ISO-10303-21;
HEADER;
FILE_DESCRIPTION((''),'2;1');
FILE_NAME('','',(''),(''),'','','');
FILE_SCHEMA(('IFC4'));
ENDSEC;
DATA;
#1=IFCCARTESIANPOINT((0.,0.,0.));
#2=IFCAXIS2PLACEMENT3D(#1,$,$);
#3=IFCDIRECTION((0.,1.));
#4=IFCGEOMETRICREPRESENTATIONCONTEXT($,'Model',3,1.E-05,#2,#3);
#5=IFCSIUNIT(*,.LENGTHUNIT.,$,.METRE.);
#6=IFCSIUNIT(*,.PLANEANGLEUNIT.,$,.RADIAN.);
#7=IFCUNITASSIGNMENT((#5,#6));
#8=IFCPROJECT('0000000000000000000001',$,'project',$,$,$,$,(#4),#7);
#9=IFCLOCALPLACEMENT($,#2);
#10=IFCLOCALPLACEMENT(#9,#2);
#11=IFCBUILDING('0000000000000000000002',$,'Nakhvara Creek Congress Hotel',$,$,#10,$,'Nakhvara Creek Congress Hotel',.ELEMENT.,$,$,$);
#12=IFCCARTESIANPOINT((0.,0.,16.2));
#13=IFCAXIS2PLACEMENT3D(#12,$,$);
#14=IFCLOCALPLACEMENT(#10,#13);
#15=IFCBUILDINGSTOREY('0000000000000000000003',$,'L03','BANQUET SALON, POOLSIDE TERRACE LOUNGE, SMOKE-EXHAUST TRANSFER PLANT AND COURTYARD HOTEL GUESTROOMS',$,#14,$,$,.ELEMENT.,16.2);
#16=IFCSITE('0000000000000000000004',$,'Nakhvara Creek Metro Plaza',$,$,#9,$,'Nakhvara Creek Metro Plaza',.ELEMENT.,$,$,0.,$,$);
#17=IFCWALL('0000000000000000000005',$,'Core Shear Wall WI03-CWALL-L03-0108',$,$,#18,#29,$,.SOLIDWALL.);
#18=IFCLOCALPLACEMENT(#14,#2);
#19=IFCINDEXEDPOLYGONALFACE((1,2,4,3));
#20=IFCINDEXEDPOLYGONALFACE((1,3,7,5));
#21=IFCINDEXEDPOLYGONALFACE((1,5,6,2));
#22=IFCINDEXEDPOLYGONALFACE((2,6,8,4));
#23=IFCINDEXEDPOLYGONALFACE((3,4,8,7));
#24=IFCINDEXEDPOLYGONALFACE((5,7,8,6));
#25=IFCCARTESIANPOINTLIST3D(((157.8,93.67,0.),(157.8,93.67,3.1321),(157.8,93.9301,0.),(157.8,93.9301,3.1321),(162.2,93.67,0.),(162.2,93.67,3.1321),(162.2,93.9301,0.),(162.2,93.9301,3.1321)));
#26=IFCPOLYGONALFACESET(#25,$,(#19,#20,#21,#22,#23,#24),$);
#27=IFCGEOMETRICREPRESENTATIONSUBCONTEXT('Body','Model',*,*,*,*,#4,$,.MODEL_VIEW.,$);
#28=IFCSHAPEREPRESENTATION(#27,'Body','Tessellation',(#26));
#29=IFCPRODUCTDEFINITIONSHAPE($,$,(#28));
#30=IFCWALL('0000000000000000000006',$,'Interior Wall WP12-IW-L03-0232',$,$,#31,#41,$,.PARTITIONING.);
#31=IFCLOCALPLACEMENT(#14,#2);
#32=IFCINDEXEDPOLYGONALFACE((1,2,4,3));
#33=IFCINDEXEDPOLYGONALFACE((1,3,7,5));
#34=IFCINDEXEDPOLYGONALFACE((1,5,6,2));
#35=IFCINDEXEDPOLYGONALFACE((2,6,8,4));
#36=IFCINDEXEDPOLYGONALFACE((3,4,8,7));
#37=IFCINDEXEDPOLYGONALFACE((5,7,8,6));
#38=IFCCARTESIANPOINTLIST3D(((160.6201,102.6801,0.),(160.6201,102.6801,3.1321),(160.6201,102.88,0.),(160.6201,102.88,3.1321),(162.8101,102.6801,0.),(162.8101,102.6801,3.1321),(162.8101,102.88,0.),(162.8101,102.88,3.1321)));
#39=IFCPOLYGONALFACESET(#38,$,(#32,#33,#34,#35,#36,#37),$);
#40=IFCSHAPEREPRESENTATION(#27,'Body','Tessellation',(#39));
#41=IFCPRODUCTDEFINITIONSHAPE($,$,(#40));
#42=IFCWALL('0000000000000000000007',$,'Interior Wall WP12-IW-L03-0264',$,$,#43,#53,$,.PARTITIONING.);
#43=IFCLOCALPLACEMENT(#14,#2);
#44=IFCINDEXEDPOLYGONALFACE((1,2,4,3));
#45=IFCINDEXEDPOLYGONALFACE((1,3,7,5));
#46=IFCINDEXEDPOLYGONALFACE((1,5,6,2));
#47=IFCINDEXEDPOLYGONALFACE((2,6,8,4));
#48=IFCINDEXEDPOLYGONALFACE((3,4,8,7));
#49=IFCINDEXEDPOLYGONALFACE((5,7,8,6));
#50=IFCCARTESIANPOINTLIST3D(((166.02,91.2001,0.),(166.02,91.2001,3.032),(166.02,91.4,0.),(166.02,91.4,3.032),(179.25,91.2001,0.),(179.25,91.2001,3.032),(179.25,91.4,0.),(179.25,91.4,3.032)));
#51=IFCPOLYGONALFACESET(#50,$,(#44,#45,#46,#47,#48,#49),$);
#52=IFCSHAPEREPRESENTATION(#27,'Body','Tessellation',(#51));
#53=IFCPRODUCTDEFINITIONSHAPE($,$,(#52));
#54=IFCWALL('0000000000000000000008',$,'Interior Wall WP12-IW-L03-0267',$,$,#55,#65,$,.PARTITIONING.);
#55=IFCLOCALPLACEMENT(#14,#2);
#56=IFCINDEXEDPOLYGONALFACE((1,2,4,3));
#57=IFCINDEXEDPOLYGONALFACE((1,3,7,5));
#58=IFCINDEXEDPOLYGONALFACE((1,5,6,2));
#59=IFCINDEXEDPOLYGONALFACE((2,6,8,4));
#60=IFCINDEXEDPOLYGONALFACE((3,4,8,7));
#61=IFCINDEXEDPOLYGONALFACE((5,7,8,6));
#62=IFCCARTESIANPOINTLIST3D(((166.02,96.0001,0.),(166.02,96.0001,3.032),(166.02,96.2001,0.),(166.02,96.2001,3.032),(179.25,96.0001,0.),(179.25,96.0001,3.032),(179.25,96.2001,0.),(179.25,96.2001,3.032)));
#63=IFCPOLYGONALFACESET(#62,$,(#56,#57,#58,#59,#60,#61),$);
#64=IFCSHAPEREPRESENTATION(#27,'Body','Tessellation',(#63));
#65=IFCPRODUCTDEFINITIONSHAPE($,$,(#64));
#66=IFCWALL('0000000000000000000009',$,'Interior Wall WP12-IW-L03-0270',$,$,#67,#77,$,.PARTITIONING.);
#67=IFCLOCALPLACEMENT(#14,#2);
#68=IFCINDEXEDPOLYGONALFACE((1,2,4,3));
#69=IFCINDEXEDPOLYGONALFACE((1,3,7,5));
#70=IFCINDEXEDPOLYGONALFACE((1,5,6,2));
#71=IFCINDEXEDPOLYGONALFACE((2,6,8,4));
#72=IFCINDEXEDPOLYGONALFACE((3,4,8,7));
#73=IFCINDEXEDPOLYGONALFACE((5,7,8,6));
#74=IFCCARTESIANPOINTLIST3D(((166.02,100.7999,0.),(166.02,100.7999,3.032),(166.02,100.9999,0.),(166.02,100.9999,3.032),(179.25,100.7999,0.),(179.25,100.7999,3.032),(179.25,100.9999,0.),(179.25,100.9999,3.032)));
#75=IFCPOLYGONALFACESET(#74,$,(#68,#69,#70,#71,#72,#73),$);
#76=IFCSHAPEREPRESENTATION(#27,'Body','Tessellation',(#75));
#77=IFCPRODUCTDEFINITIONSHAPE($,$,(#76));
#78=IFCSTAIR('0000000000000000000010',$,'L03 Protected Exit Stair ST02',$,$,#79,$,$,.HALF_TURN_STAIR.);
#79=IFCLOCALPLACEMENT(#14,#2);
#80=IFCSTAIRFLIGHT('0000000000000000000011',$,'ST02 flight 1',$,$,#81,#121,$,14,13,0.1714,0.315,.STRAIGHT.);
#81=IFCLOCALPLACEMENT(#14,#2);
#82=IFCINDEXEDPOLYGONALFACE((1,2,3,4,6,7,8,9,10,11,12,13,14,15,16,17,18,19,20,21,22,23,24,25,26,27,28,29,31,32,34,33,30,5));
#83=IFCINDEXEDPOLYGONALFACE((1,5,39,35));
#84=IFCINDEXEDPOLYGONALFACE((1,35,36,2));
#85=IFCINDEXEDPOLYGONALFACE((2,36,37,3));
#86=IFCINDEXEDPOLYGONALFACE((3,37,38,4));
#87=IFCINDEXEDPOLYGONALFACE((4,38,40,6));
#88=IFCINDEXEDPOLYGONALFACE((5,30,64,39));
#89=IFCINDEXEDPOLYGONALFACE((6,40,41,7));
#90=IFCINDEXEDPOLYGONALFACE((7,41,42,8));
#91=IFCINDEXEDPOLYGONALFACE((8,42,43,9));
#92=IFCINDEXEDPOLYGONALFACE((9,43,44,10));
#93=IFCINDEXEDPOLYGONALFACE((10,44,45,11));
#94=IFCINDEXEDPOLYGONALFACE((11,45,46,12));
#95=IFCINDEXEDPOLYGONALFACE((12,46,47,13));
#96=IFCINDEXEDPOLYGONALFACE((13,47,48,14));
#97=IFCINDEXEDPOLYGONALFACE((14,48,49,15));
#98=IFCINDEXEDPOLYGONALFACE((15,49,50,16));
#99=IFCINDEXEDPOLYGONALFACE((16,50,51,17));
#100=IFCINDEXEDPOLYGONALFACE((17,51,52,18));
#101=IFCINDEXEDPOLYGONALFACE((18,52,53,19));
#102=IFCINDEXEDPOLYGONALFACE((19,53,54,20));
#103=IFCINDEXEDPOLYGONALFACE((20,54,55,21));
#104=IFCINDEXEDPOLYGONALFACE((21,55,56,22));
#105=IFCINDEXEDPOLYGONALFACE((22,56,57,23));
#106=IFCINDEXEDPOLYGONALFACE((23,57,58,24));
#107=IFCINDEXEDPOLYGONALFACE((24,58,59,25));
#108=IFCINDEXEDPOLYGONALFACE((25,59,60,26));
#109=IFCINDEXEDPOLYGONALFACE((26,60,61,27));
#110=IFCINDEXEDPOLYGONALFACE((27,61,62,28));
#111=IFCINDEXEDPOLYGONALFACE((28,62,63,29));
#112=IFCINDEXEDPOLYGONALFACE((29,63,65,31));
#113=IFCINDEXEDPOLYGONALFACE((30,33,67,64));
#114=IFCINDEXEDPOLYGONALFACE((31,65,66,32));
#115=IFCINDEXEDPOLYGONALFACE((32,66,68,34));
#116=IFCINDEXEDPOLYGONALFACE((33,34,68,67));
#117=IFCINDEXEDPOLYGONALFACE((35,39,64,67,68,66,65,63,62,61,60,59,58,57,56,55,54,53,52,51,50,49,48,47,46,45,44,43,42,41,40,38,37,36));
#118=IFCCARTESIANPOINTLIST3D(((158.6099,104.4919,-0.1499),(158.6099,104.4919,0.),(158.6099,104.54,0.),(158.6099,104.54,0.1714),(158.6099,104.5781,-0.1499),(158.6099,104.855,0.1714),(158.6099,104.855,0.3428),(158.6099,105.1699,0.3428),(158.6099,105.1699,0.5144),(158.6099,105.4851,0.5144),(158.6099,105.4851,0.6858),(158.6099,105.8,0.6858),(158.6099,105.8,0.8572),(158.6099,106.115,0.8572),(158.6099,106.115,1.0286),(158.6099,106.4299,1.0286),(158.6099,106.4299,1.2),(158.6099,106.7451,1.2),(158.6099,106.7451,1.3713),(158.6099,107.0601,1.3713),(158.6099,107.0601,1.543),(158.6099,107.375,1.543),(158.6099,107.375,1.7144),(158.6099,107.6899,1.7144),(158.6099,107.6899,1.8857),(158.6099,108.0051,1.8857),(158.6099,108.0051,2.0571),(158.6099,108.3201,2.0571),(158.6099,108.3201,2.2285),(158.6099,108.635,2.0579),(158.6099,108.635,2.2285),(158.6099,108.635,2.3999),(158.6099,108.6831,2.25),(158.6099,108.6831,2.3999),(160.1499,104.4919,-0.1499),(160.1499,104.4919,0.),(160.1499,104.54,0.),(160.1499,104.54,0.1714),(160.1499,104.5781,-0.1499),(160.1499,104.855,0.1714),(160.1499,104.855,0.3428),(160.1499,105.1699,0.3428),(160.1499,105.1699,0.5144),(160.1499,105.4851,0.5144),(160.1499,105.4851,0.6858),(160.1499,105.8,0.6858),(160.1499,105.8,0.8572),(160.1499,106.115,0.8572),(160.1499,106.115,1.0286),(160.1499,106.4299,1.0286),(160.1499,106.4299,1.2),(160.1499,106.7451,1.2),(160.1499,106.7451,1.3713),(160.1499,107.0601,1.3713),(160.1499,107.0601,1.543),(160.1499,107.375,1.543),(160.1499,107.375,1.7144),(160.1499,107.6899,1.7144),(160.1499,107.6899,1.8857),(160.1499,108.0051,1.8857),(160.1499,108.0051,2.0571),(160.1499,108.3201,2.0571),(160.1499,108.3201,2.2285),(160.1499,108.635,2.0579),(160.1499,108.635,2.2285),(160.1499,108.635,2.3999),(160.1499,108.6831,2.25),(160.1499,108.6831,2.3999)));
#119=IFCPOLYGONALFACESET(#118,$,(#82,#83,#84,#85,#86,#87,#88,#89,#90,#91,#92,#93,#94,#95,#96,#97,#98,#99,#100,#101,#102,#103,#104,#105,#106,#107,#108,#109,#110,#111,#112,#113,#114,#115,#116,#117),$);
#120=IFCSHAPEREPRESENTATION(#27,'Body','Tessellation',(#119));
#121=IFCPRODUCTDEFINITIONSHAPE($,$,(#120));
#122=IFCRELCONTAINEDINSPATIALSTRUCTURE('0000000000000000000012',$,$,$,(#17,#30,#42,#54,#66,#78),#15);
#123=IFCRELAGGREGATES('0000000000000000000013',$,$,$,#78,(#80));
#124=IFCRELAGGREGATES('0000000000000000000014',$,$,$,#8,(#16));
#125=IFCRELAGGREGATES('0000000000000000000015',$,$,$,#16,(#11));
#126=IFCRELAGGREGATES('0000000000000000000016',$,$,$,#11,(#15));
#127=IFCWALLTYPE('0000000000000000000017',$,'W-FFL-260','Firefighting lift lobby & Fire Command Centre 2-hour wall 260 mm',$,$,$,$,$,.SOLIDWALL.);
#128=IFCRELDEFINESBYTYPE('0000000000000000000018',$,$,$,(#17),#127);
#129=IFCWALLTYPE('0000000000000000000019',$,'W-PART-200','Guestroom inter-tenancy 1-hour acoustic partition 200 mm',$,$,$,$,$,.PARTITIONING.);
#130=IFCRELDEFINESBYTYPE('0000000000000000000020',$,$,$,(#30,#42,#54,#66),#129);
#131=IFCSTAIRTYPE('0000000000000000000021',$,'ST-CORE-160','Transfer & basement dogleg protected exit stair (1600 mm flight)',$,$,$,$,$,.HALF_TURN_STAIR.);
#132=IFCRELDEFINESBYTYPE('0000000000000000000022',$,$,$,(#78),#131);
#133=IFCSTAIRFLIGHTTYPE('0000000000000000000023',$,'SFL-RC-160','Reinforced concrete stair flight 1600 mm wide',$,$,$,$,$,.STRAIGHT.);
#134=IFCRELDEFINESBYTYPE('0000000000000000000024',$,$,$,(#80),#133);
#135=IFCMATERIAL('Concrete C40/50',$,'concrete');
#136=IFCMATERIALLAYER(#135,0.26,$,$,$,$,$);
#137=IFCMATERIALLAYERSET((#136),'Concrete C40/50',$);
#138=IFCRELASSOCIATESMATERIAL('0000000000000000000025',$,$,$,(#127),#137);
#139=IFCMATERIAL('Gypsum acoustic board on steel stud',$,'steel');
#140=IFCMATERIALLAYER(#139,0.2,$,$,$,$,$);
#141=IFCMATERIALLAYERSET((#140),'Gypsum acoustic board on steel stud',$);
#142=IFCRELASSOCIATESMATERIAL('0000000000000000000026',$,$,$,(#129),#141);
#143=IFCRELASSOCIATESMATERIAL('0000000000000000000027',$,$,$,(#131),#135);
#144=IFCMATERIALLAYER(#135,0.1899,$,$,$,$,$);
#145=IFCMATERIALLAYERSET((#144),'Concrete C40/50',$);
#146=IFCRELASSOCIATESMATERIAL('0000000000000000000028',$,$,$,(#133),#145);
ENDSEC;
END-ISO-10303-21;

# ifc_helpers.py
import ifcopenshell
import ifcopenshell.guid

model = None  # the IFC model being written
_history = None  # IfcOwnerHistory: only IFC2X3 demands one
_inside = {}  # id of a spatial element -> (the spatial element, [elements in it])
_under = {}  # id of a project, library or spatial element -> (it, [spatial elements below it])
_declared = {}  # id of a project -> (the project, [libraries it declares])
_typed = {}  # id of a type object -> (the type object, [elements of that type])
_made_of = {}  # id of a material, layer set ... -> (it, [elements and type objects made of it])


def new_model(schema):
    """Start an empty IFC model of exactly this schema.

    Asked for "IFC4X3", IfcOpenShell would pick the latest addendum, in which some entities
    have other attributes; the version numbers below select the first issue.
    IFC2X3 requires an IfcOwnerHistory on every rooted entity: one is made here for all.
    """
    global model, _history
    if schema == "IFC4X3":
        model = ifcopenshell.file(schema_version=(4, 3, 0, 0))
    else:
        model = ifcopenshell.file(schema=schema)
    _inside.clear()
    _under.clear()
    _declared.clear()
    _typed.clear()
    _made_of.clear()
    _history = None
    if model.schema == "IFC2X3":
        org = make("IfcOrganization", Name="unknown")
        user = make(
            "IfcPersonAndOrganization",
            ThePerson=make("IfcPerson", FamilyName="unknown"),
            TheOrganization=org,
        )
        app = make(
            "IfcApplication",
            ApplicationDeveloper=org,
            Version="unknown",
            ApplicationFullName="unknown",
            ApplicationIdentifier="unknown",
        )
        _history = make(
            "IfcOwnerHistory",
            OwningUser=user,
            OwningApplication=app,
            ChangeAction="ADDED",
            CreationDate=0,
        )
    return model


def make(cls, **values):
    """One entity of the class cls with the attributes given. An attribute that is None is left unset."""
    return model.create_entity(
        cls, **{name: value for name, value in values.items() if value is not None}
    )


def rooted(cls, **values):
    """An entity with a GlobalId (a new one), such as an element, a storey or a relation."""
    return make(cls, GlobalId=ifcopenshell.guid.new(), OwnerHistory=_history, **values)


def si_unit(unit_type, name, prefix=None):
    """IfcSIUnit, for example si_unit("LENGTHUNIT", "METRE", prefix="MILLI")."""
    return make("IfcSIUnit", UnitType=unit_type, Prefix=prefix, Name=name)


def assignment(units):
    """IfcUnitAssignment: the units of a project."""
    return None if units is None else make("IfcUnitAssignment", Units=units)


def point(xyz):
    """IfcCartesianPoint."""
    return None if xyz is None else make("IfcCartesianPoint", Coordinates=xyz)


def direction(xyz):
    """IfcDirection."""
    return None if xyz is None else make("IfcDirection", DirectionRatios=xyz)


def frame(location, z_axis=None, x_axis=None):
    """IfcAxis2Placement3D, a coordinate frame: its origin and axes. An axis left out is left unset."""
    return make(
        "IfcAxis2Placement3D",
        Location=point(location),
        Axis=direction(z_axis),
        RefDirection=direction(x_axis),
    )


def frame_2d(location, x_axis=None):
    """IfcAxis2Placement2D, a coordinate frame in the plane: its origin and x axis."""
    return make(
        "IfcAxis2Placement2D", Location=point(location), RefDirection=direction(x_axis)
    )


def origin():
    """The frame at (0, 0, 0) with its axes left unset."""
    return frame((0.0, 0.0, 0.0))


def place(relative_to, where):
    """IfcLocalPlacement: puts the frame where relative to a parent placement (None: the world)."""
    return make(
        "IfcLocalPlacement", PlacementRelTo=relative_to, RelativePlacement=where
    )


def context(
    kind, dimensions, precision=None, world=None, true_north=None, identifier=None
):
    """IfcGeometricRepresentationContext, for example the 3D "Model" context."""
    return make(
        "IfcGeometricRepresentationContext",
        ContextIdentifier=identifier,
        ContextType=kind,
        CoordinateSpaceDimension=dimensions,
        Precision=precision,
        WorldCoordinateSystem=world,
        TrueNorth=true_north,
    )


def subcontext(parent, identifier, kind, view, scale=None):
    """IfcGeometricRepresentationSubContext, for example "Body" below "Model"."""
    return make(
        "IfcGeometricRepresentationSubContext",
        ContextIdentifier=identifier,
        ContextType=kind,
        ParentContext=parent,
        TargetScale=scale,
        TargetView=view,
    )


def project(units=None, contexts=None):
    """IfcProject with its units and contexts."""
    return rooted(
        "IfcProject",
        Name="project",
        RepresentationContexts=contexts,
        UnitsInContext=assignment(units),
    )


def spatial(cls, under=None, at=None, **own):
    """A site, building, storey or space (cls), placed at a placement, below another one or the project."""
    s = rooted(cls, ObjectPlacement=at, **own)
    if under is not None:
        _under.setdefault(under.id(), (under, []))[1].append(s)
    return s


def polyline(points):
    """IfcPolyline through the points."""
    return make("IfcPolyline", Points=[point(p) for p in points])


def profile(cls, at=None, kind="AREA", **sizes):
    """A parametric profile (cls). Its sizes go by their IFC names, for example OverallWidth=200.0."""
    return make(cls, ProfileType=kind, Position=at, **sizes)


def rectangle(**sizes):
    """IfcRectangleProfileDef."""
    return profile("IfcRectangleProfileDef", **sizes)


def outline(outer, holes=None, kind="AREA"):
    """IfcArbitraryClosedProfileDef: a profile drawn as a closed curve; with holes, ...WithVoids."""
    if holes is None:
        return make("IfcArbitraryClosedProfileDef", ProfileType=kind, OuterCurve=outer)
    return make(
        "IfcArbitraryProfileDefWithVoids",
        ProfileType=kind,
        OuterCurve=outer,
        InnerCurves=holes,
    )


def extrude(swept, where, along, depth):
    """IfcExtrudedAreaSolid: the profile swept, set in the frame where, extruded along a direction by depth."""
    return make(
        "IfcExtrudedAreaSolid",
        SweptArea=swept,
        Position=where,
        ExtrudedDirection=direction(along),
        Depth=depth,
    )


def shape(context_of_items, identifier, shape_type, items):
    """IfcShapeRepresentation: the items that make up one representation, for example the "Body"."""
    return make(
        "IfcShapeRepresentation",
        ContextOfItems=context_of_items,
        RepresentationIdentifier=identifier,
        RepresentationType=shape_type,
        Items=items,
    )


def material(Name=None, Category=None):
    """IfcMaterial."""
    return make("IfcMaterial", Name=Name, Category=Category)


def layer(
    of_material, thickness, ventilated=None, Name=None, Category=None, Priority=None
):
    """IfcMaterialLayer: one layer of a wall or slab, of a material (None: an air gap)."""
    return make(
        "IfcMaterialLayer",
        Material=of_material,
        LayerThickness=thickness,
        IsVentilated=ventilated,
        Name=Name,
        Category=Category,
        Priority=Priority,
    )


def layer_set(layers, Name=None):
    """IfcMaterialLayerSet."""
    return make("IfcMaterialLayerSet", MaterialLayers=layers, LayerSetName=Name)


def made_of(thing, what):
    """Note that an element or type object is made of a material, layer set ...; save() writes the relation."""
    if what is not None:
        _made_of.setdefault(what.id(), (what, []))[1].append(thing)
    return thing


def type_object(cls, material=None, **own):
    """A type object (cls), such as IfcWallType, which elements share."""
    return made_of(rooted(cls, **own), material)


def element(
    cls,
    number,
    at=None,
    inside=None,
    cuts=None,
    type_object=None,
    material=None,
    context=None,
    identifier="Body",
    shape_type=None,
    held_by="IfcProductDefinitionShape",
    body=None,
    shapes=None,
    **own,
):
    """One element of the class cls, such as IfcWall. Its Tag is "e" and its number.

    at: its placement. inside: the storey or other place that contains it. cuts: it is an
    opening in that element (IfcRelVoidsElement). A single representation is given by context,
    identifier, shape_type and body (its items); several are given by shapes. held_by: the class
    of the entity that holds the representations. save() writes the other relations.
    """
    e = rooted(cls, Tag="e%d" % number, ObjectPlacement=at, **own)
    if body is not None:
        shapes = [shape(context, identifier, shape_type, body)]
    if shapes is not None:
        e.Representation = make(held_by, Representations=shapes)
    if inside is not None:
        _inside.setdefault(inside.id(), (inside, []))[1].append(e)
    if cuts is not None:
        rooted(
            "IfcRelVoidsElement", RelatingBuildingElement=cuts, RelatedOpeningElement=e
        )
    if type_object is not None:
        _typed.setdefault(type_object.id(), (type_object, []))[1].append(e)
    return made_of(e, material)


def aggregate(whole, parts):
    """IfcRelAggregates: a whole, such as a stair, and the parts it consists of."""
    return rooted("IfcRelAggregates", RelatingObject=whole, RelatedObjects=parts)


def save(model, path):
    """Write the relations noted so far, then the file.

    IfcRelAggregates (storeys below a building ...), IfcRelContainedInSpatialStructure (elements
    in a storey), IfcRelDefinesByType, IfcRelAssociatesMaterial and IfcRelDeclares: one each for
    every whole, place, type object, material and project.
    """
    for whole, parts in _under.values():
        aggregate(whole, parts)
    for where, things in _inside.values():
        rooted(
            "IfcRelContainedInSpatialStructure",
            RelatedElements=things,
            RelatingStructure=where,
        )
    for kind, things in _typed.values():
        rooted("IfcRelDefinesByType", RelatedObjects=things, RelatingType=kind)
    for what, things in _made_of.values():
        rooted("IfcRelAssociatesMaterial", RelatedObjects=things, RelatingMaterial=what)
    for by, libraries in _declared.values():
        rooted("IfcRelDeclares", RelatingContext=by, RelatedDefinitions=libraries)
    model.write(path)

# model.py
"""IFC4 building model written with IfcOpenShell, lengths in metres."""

from ifc_helpers import new_model, si_unit, direction, frame, frame_2d, origin, place, context, subcontext, project, spatial, polyline, rectangle, outline, extrude, material, layer, layer_set, type_object, element, aggregate, save


model = new_model("IFC4")

# Units and contexts
model_context = context("Model", 3, precision=1e-05, world=origin(), true_north=direction((0.0, 1.0)))
body_context = subcontext(model_context, "Body", "Model", "MODEL_VIEW")
ifc_project = project(units=[si_unit("LENGTHUNIT", "METRE"), si_unit("PLANEANGLEUNIT", "RADIAN")], contexts=[model_context])

# Site, building, storey
site_placement = place(None, origin())
site = spatial("IfcSite", under=ifc_project, at=site_placement, Name="Nakhvara Creek Metro Plaza", LongName="Nakhvara Creek Metro Plaza", CompositionType="ELEMENT", RefElevation=0.0)
building_placement = place(site_placement, origin())
building = spatial("IfcBuilding", under=site, at=building_placement, Name="Nakhvara Creek Congress Hotel", LongName="Nakhvara Creek Congress Hotel", CompositionType="ELEMENT")
storey_placement = place(building_placement, frame((0.0, 0.0, 16.2)))
storey = spatial("IfcBuildingStorey", under=building, at=storey_placement, Name="L03", Description="BANQUET SALON, POOLSIDE TERRACE LOUNGE, SMOKE-EXHAUST TRANSFER PLANT AND COURTYARD HOTEL GUESTROOMS", CompositionType="ELEMENT", Elevation=16.2)

# Shared definitions
ifc_material_1 = material(Name="Concrete C40/50", Category="concrete")

# Shared definitions
ifc_material_2 = material(Name="Gypsum acoustic board on steel stud", Category="steel")

# Walls
ifc_layer_1 = layer(ifc_material_1, 0.26)
ifc_layer_set_1 = layer_set([ifc_layer_1], Name="Concrete C40/50")
wall_type_1 = type_object("IfcWallType", Name="W-FFL-260", Description="Firefighting lift lobby & Fire Command Centre 2-hour wall 260 mm", PredefinedType="SOLIDWALL", material=ifc_layer_set_1)
wall_1_placement = place(storey_placement, frame((157.8, 93.8, 0.0), z_axis=(0.0, 0.0, 1.0), x_axis=(1.0, 0.0, 0.0)))
element("IfcWall", 1, at=wall_1_placement, inside=storey, type_object=wall_type_1, Name="Core Shear Wall WI03-CWALL-L03-0108", PredefinedType="SOLIDWALL", context=body_context, shape_type="SweptSolid", body=[
    extrude(rectangle(XDim=4.3999, YDim=0.26, at=frame_2d((2.2, 0.0))), origin(), (0.0, 0.0, 1.0), 3.1321),
])
ifc_layer_2 = layer(ifc_material_2, 0.2)
ifc_layer_set_2 = layer_set([ifc_layer_2], Name="Gypsum acoustic board on steel stud")
wall_type_2 = type_object("IfcWallType", Name="W-PART-200", Description="Guestroom inter-tenancy 1-hour acoustic partition 200 mm", PredefinedType="PARTITIONING", material=ifc_layer_set_2)
wall_2_placement = place(storey_placement, frame((160.6201, 102.78, 0.0), z_axis=(0.0, 0.0, 1.0), x_axis=(1.0, 0.0, 0.0)))
element("IfcWall", 2, at=wall_2_placement, inside=storey, type_object=wall_type_2, Name="Interior Wall WP12-IW-L03-0232", PredefinedType="PARTITIONING", context=body_context, shape_type="SweptSolid", body=[
    extrude(rectangle(XDim=2.1899, YDim=0.2, at=frame_2d((1.095, 0.0))), origin(), (0.0, 0.0, 1.0), 3.1321),
])
for number, where, z_axis, x_axis, name in (
    (3, (166.02, 91.3, 0.0), (0.0, 0.0, 1.0), (1.0, 0.0, 0.0), "Interior Wall WP12-IW-L03-0264"),
    (4, (166.02, 96.1001, 0.0), (0.0, 0.0, 1.0), (1.0, 0.0, 0.0), "Interior Wall WP12-IW-L03-0267"),
    (5, (166.02, 100.8999, 0.0), (0.0, 0.0, 1.0), (1.0, 0.0, 0.0), "Interior Wall WP12-IW-L03-0270"),
):
    element("IfcWall", number, at=place(storey_placement, frame(where, z_axis=z_axis, x_axis=x_axis)), inside=storey, type_object=wall_type_2, Name=name, PredefinedType="PARTITIONING", context=body_context, shape_type="SweptSolid", body=[
        extrude(rectangle(XDim=13.23, YDim=0.2, at=frame_2d((6.615, 0.0))), origin(), (0.0, 0.0, 1.0), 3.032),
    ])

# Stair, stair flight
stair_type = type_object("IfcStairType", Name="ST-CORE-160", Description="Transfer & basement dogleg protected exit stair (1600 mm flight)", PredefinedType="HALF_TURN_STAIR", material=ifc_material_1)
stair_placement = place(storey_placement, origin())
stair = element("IfcStair", 6, at=stair_placement, inside=storey, type_object=stair_type, Name="L03 Protected Exit Stair ST02", PredefinedType="HALF_TURN_STAIR")
ifc_layer_3 = layer(ifc_material_1, 0.1899)
ifc_layer_set_3 = layer_set([ifc_layer_3], Name="Concrete C40/50")
stair_flight_type = type_object("IfcStairFlightType", Name="SFL-RC-160", Description="Reinforced concrete stair flight 1600 mm wide", PredefinedType="STRAIGHT", material=ifc_layer_set_3)
stair_flight_placement = place(storey_placement, frame((159.3799, 104.54, 0.0), z_axis=(0.0, 0.0, 1.0), x_axis=(0.0, 1.0, 0.0)))
stair_flight = element("IfcStairFlight", 7, at=stair_flight_placement, type_object=stair_flight_type, Name="ST02 flight 1", NumberOfRisers=14, NumberOfTreads=13, PredefinedType="STRAIGHT", RiserHeight=0.1714, TreadLength=0.315, context=body_context, shape_type="SweptSolid", body=[
    extrude(outline(polyline([(-0.0481, 0.0), (0.0, 0.0), (0.0, 0.1714), (0.3149, 0.1714), (0.3149, 0.3428), (0.6299, 0.3428), (0.6299, 0.5144), (0.9451, 0.5144), (0.9451, 0.6858), (1.26, 0.6858), (1.26, 0.8572), (1.575, 0.8572), (1.575, 1.0286), (1.8899, 1.0286), (1.8899, 1.2), (2.2051, 1.2), (2.2051, 1.3713), (2.52, 1.3713), (2.52, 1.543), (2.835, 1.543), (2.835, 1.7144), (3.1499, 1.7144), (3.1499, 1.8857), (3.4651, 1.8857), (3.4651, 2.0571), (3.78, 2.0571), (3.78, 2.2285), (4.095, 2.2285), (4.095, 2.3999), (4.1431, 2.3999), (4.1431, 2.25), (4.095, 2.0579), (0.0381, -0.1499), (-0.0481, -0.1499), (-0.0481, 0.0)])), frame((0.0, 0.77, 0.0), z_axis=(0.0, -1.0, 0.0), x_axis=(1.0, 0.0, 0.0)), (0.0, 0.0, 1.0), 1.54),
])
aggregate(stair, [stair_flight])

save(model, "model.ifc")
